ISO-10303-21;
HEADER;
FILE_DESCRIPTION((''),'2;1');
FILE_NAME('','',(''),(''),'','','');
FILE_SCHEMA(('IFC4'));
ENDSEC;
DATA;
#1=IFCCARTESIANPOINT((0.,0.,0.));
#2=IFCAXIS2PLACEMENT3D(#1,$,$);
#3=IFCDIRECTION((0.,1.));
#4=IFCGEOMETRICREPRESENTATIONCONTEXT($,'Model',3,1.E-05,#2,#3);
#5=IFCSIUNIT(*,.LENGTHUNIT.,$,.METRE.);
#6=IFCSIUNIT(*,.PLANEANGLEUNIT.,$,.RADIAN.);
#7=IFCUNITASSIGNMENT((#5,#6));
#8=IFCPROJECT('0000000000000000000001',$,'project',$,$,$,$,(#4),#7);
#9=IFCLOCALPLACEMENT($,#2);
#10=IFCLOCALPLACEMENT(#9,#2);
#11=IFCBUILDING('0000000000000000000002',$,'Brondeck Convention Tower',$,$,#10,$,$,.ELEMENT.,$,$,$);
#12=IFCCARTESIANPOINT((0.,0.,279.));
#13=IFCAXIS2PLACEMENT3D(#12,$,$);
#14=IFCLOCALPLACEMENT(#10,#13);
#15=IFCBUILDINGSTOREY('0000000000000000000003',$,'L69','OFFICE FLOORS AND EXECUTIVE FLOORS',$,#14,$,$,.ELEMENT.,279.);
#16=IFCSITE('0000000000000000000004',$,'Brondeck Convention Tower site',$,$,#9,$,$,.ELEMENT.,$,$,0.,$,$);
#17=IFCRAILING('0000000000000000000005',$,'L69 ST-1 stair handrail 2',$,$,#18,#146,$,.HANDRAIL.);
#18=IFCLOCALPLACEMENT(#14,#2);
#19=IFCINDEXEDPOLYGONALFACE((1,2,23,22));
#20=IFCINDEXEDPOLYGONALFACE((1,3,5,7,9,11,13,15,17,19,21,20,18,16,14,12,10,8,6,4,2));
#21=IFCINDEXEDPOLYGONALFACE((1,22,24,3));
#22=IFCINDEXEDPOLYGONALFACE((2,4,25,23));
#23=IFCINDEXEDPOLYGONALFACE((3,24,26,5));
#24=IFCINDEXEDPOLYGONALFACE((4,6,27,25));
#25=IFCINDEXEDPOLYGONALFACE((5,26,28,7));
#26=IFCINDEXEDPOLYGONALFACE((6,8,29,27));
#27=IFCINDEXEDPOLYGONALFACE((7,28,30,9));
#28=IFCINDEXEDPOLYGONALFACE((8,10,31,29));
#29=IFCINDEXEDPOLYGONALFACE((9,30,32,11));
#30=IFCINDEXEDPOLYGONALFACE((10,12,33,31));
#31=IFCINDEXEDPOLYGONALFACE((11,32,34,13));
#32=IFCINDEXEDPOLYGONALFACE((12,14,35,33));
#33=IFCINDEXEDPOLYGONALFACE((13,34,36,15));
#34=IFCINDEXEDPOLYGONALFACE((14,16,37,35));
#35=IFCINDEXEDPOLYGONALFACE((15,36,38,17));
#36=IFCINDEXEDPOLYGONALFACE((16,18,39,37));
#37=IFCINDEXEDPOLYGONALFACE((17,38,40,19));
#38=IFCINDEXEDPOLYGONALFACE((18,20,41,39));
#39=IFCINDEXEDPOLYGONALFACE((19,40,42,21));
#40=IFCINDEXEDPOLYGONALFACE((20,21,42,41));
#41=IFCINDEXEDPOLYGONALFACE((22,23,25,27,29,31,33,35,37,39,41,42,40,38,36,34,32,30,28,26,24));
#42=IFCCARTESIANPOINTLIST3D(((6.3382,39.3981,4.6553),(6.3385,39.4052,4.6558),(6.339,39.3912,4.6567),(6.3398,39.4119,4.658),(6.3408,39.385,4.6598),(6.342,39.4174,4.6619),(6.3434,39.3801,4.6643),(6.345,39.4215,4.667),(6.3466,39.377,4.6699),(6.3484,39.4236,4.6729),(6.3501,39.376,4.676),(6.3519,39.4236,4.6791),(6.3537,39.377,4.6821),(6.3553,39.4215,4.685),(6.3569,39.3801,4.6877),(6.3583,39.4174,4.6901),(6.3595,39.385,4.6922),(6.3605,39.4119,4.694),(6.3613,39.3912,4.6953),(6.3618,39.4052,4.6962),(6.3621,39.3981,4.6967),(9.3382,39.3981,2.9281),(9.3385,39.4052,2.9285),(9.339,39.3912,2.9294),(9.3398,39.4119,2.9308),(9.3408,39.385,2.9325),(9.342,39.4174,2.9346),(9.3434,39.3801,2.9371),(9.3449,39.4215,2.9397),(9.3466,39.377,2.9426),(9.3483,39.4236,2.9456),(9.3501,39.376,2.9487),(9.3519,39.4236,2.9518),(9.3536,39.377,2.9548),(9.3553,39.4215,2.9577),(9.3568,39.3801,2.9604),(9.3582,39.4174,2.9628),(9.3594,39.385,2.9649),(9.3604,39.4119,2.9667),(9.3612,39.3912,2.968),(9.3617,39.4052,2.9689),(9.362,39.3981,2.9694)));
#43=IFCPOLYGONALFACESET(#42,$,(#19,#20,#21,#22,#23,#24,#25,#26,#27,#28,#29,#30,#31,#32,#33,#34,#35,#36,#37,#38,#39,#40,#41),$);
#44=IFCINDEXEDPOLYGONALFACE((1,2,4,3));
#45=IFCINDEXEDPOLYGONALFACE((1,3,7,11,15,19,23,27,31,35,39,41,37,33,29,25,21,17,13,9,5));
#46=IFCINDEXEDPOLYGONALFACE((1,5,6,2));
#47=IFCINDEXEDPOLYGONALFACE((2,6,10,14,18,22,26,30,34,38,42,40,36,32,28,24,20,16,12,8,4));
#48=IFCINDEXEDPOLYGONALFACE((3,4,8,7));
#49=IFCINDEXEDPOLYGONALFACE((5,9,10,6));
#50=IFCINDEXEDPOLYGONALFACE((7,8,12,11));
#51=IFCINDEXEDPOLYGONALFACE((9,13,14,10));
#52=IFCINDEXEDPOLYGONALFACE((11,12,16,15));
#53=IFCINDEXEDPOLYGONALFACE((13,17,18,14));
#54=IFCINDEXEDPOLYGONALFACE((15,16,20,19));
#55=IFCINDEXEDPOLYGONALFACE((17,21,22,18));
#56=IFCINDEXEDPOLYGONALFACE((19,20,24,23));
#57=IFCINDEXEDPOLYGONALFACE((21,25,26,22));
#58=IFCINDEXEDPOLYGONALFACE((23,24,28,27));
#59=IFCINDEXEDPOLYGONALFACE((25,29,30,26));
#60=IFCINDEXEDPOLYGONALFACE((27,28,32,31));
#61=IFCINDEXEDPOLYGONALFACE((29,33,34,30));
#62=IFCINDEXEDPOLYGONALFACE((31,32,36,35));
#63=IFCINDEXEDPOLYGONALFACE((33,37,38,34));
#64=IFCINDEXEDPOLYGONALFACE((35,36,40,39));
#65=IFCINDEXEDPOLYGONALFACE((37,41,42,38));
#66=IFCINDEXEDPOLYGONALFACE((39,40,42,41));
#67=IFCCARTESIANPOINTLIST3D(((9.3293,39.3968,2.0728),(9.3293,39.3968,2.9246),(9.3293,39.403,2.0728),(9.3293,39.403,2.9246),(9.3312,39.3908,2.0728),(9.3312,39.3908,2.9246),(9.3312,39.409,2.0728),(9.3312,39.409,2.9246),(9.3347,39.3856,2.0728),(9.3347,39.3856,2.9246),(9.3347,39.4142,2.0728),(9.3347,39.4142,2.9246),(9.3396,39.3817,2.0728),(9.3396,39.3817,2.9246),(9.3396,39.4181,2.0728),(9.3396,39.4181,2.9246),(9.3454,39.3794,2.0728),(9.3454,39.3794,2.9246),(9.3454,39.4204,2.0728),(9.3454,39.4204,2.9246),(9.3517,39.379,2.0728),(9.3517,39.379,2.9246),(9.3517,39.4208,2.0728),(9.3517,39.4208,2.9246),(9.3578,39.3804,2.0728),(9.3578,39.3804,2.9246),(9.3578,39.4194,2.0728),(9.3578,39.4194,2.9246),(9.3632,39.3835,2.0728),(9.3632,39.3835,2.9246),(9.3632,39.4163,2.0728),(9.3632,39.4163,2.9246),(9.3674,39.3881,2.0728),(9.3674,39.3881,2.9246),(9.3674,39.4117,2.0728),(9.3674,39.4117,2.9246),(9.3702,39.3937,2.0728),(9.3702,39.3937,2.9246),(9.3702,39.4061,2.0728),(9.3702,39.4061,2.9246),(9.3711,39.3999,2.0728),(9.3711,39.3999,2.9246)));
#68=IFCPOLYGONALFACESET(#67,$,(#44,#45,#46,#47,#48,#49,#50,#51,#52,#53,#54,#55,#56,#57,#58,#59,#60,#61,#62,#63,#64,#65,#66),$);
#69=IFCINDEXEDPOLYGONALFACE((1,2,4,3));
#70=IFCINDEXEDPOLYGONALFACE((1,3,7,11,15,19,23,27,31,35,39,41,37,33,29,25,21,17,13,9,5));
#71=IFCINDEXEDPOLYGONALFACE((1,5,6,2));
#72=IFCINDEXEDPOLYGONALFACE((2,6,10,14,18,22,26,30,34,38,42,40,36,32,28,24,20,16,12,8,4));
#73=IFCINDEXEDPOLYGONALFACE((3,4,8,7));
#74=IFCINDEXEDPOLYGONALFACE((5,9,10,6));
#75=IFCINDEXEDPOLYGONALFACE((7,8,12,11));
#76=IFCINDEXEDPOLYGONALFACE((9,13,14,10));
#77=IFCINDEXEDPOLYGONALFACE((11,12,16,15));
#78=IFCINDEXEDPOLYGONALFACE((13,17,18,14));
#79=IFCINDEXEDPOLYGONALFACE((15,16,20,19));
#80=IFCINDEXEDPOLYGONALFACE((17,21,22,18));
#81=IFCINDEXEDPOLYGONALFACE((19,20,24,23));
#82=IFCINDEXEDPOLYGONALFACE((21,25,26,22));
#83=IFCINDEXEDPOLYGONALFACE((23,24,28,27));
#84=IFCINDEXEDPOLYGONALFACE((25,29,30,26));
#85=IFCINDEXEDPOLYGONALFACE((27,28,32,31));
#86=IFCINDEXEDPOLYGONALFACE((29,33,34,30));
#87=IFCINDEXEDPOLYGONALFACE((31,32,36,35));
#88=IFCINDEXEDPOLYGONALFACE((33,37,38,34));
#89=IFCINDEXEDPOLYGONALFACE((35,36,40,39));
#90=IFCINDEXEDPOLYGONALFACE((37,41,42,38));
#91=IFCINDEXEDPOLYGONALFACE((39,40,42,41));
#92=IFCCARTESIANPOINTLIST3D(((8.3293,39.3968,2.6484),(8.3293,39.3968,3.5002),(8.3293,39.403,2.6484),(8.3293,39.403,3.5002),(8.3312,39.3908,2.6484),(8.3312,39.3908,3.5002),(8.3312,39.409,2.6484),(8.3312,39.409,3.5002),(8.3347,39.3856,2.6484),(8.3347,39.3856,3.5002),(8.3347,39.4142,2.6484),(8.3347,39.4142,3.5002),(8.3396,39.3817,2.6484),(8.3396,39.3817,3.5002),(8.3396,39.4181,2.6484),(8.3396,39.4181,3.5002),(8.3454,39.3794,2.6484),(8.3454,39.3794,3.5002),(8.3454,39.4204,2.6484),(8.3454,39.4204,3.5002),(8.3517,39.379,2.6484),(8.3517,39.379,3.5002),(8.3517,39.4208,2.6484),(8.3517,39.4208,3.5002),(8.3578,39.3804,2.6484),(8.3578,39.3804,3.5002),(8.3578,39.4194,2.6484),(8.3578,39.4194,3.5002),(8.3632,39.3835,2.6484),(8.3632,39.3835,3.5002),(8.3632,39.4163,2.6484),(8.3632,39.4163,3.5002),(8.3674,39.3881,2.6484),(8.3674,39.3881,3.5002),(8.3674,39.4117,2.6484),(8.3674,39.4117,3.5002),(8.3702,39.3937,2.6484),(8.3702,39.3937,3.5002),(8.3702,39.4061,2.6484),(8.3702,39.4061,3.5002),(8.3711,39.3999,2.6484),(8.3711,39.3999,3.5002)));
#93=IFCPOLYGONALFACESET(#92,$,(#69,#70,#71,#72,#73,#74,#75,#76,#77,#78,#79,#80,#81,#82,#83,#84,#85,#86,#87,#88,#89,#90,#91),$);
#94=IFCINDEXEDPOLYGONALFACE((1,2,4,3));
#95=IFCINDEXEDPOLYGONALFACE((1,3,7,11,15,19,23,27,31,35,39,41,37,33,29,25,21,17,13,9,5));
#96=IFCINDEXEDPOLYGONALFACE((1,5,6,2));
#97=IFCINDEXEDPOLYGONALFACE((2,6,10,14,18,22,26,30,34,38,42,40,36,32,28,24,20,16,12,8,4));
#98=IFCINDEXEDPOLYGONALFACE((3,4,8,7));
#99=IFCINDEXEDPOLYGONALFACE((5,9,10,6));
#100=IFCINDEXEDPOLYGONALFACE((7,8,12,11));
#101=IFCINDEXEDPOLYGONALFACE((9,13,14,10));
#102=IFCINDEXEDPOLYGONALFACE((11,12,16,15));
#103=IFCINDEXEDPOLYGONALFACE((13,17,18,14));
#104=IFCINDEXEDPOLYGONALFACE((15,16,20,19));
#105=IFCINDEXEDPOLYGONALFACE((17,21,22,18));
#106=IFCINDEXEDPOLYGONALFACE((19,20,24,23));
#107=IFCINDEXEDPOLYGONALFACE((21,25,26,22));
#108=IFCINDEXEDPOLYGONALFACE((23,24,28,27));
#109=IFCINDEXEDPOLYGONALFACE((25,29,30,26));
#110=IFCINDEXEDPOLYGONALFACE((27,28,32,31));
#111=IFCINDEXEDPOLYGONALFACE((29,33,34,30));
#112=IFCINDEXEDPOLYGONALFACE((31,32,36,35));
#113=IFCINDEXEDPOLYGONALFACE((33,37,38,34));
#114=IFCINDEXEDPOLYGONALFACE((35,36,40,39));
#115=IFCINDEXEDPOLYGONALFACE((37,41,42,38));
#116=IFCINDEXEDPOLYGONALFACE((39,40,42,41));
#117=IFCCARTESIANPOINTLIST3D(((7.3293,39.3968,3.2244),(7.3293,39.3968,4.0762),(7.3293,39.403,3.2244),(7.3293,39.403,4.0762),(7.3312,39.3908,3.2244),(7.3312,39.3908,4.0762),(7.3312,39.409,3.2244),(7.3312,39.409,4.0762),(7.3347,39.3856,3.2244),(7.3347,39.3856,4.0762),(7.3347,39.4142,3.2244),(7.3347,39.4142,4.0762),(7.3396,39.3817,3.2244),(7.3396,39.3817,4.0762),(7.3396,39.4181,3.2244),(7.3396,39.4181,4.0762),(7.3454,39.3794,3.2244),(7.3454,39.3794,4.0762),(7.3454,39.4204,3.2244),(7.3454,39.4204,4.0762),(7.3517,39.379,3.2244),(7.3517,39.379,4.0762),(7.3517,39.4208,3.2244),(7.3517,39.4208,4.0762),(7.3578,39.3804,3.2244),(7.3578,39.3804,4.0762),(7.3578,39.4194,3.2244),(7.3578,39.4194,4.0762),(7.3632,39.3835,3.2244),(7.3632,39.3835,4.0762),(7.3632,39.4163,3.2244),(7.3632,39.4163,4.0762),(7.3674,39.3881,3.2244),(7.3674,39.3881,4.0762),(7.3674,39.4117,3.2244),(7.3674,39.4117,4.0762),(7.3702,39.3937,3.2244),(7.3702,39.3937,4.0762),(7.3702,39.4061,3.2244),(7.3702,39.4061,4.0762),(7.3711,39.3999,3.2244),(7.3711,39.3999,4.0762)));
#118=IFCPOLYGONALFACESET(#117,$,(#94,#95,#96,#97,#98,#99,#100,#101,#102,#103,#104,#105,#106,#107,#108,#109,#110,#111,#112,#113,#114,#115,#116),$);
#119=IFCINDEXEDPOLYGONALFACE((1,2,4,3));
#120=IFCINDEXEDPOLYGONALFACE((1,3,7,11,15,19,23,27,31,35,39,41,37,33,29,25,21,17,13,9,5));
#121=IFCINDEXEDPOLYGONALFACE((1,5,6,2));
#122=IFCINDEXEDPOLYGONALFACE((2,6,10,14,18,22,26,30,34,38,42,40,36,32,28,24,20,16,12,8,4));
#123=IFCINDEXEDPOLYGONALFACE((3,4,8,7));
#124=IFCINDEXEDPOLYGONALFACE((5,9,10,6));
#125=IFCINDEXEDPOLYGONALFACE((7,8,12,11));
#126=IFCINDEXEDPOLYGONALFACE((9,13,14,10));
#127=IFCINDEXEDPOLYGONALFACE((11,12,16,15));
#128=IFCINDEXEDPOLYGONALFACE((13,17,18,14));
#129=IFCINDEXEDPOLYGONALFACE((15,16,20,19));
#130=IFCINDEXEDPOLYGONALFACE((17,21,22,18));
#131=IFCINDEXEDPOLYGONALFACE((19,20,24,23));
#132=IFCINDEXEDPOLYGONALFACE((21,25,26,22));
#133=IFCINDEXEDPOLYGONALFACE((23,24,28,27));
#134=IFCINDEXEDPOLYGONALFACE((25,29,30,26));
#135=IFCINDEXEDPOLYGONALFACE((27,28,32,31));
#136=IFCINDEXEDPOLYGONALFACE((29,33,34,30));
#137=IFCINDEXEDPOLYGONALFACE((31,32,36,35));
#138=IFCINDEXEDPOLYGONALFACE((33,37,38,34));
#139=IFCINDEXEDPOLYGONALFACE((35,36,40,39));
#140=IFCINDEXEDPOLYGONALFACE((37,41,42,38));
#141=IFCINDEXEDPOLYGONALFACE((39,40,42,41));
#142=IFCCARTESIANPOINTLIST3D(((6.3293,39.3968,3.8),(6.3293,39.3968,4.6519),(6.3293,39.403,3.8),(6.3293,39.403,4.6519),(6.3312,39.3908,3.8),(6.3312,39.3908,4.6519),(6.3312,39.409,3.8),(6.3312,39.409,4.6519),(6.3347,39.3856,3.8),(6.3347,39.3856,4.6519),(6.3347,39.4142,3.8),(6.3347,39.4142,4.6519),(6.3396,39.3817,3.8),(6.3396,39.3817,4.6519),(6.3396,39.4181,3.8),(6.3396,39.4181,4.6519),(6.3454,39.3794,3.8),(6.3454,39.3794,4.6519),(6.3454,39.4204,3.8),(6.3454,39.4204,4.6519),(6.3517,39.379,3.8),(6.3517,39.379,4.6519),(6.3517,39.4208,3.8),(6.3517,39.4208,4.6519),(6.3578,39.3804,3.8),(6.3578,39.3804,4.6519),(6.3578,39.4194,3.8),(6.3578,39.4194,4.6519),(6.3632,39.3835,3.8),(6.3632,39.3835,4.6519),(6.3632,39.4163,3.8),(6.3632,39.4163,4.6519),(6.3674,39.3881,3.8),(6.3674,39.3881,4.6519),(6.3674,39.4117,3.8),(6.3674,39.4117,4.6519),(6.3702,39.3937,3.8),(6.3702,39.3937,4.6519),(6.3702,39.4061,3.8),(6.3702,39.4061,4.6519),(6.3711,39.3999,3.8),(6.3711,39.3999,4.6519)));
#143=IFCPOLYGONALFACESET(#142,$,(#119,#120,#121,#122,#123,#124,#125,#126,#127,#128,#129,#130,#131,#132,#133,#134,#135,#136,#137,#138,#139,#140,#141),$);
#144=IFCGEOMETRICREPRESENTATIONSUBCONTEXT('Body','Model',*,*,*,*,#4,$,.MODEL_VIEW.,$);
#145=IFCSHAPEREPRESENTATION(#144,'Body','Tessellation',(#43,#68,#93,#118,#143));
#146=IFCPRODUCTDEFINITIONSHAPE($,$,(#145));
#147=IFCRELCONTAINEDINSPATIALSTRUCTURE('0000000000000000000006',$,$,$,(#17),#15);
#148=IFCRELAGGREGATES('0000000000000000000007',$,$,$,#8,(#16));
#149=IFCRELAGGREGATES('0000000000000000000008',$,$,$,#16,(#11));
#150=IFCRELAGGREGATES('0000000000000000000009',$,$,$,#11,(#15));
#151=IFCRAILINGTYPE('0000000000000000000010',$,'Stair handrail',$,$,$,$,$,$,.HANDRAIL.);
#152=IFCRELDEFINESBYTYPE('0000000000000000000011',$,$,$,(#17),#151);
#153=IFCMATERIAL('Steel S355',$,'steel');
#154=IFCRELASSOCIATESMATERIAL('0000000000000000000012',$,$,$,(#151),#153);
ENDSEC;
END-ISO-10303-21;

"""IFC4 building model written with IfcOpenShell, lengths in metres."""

from ifc_helpers import new_model, si_unit, direction, frame, origin, origin_2d, place, context, subcontext, project, spatial, circle, extrude, material, type_object, element, save


model = new_model("IFC4")

# Units and contexts
model_context = context("Model", 3, precision=1e-05, world=origin(), true_north=direction((0.0, 1.0)))
body_context = subcontext(model_context, "Body", "Model", "MODEL_VIEW")
ifc_project = project(units=[si_unit("LENGTHUNIT", "METRE"), si_unit("PLANEANGLEUNIT", "RADIAN")], contexts=[model_context])

# Site, building, storey
site_placement = place(None, origin())
site = spatial("IfcSite", under=ifc_project, at=site_placement, Name="Brondeck Convention Tower site", CompositionType="ELEMENT", RefElevation=0.0)
building_placement = place(site_placement, origin())
building = spatial("IfcBuilding", under=site, at=building_placement, Name="Brondeck Convention Tower", CompositionType="ELEMENT")
storey_placement = place(building_placement, frame((0.0, 0.0, 279.0)))
storey = spatial("IfcBuildingStorey", under=building, at=storey_placement, Name="L69", Description="OFFICE FLOORS AND EXECUTIVE FLOORS", CompositionType="ELEMENT", Elevation=279.0)

# Shared definitions
ifc_material_1 = material(Name="Steel S355", Category="steel")

# Railing
railing_type_1 = type_object("IfcRailingType", Name="Stair handrail", PredefinedType="HANDRAIL", material=ifc_material_1)
railing_1_placement = place(storey_placement, frame((9.3501, 39.3999, 2.0728)))
element("IfcRailing", 1, at=railing_1_placement, inside=storey, type_object=railing_type_1, Name="L69 ST-1 stair handrail 2", PredefinedType="HANDRAIL", context=body_context, shape_type="SweptSolid", body=[
    extrude(circle(Radius=0.0239, at=origin_2d()), frame((0.0, 0.0, 0.876), z_axis=(-0.86662, 0.0, 0.498969), x_axis=(0.0, -1.0, 0.0)), (0.0, 0.0, 1.0), 3.4617),
    extrude(circle(Radius=0.021, at=origin_2d()), origin(), (0.0, 0.0, 1.0), 0.8518),
    extrude(circle(Radius=0.021, at=origin_2d()), frame((-1.0, 0.0, 0.5757)), (0.0, 0.0, 1.0), 0.8518),
    extrude(circle(Radius=0.021, at=origin_2d()), frame((-2.0, 0.0, 1.1516)), (0.0, 0.0, 1.0), 0.8518),
    extrude(circle(Radius=0.021, at=origin_2d()), frame((-3.0, 0.0, 1.7273)), (0.0, 0.0, 1.0), 0.8518),
])

save(model, "model.ifc")
